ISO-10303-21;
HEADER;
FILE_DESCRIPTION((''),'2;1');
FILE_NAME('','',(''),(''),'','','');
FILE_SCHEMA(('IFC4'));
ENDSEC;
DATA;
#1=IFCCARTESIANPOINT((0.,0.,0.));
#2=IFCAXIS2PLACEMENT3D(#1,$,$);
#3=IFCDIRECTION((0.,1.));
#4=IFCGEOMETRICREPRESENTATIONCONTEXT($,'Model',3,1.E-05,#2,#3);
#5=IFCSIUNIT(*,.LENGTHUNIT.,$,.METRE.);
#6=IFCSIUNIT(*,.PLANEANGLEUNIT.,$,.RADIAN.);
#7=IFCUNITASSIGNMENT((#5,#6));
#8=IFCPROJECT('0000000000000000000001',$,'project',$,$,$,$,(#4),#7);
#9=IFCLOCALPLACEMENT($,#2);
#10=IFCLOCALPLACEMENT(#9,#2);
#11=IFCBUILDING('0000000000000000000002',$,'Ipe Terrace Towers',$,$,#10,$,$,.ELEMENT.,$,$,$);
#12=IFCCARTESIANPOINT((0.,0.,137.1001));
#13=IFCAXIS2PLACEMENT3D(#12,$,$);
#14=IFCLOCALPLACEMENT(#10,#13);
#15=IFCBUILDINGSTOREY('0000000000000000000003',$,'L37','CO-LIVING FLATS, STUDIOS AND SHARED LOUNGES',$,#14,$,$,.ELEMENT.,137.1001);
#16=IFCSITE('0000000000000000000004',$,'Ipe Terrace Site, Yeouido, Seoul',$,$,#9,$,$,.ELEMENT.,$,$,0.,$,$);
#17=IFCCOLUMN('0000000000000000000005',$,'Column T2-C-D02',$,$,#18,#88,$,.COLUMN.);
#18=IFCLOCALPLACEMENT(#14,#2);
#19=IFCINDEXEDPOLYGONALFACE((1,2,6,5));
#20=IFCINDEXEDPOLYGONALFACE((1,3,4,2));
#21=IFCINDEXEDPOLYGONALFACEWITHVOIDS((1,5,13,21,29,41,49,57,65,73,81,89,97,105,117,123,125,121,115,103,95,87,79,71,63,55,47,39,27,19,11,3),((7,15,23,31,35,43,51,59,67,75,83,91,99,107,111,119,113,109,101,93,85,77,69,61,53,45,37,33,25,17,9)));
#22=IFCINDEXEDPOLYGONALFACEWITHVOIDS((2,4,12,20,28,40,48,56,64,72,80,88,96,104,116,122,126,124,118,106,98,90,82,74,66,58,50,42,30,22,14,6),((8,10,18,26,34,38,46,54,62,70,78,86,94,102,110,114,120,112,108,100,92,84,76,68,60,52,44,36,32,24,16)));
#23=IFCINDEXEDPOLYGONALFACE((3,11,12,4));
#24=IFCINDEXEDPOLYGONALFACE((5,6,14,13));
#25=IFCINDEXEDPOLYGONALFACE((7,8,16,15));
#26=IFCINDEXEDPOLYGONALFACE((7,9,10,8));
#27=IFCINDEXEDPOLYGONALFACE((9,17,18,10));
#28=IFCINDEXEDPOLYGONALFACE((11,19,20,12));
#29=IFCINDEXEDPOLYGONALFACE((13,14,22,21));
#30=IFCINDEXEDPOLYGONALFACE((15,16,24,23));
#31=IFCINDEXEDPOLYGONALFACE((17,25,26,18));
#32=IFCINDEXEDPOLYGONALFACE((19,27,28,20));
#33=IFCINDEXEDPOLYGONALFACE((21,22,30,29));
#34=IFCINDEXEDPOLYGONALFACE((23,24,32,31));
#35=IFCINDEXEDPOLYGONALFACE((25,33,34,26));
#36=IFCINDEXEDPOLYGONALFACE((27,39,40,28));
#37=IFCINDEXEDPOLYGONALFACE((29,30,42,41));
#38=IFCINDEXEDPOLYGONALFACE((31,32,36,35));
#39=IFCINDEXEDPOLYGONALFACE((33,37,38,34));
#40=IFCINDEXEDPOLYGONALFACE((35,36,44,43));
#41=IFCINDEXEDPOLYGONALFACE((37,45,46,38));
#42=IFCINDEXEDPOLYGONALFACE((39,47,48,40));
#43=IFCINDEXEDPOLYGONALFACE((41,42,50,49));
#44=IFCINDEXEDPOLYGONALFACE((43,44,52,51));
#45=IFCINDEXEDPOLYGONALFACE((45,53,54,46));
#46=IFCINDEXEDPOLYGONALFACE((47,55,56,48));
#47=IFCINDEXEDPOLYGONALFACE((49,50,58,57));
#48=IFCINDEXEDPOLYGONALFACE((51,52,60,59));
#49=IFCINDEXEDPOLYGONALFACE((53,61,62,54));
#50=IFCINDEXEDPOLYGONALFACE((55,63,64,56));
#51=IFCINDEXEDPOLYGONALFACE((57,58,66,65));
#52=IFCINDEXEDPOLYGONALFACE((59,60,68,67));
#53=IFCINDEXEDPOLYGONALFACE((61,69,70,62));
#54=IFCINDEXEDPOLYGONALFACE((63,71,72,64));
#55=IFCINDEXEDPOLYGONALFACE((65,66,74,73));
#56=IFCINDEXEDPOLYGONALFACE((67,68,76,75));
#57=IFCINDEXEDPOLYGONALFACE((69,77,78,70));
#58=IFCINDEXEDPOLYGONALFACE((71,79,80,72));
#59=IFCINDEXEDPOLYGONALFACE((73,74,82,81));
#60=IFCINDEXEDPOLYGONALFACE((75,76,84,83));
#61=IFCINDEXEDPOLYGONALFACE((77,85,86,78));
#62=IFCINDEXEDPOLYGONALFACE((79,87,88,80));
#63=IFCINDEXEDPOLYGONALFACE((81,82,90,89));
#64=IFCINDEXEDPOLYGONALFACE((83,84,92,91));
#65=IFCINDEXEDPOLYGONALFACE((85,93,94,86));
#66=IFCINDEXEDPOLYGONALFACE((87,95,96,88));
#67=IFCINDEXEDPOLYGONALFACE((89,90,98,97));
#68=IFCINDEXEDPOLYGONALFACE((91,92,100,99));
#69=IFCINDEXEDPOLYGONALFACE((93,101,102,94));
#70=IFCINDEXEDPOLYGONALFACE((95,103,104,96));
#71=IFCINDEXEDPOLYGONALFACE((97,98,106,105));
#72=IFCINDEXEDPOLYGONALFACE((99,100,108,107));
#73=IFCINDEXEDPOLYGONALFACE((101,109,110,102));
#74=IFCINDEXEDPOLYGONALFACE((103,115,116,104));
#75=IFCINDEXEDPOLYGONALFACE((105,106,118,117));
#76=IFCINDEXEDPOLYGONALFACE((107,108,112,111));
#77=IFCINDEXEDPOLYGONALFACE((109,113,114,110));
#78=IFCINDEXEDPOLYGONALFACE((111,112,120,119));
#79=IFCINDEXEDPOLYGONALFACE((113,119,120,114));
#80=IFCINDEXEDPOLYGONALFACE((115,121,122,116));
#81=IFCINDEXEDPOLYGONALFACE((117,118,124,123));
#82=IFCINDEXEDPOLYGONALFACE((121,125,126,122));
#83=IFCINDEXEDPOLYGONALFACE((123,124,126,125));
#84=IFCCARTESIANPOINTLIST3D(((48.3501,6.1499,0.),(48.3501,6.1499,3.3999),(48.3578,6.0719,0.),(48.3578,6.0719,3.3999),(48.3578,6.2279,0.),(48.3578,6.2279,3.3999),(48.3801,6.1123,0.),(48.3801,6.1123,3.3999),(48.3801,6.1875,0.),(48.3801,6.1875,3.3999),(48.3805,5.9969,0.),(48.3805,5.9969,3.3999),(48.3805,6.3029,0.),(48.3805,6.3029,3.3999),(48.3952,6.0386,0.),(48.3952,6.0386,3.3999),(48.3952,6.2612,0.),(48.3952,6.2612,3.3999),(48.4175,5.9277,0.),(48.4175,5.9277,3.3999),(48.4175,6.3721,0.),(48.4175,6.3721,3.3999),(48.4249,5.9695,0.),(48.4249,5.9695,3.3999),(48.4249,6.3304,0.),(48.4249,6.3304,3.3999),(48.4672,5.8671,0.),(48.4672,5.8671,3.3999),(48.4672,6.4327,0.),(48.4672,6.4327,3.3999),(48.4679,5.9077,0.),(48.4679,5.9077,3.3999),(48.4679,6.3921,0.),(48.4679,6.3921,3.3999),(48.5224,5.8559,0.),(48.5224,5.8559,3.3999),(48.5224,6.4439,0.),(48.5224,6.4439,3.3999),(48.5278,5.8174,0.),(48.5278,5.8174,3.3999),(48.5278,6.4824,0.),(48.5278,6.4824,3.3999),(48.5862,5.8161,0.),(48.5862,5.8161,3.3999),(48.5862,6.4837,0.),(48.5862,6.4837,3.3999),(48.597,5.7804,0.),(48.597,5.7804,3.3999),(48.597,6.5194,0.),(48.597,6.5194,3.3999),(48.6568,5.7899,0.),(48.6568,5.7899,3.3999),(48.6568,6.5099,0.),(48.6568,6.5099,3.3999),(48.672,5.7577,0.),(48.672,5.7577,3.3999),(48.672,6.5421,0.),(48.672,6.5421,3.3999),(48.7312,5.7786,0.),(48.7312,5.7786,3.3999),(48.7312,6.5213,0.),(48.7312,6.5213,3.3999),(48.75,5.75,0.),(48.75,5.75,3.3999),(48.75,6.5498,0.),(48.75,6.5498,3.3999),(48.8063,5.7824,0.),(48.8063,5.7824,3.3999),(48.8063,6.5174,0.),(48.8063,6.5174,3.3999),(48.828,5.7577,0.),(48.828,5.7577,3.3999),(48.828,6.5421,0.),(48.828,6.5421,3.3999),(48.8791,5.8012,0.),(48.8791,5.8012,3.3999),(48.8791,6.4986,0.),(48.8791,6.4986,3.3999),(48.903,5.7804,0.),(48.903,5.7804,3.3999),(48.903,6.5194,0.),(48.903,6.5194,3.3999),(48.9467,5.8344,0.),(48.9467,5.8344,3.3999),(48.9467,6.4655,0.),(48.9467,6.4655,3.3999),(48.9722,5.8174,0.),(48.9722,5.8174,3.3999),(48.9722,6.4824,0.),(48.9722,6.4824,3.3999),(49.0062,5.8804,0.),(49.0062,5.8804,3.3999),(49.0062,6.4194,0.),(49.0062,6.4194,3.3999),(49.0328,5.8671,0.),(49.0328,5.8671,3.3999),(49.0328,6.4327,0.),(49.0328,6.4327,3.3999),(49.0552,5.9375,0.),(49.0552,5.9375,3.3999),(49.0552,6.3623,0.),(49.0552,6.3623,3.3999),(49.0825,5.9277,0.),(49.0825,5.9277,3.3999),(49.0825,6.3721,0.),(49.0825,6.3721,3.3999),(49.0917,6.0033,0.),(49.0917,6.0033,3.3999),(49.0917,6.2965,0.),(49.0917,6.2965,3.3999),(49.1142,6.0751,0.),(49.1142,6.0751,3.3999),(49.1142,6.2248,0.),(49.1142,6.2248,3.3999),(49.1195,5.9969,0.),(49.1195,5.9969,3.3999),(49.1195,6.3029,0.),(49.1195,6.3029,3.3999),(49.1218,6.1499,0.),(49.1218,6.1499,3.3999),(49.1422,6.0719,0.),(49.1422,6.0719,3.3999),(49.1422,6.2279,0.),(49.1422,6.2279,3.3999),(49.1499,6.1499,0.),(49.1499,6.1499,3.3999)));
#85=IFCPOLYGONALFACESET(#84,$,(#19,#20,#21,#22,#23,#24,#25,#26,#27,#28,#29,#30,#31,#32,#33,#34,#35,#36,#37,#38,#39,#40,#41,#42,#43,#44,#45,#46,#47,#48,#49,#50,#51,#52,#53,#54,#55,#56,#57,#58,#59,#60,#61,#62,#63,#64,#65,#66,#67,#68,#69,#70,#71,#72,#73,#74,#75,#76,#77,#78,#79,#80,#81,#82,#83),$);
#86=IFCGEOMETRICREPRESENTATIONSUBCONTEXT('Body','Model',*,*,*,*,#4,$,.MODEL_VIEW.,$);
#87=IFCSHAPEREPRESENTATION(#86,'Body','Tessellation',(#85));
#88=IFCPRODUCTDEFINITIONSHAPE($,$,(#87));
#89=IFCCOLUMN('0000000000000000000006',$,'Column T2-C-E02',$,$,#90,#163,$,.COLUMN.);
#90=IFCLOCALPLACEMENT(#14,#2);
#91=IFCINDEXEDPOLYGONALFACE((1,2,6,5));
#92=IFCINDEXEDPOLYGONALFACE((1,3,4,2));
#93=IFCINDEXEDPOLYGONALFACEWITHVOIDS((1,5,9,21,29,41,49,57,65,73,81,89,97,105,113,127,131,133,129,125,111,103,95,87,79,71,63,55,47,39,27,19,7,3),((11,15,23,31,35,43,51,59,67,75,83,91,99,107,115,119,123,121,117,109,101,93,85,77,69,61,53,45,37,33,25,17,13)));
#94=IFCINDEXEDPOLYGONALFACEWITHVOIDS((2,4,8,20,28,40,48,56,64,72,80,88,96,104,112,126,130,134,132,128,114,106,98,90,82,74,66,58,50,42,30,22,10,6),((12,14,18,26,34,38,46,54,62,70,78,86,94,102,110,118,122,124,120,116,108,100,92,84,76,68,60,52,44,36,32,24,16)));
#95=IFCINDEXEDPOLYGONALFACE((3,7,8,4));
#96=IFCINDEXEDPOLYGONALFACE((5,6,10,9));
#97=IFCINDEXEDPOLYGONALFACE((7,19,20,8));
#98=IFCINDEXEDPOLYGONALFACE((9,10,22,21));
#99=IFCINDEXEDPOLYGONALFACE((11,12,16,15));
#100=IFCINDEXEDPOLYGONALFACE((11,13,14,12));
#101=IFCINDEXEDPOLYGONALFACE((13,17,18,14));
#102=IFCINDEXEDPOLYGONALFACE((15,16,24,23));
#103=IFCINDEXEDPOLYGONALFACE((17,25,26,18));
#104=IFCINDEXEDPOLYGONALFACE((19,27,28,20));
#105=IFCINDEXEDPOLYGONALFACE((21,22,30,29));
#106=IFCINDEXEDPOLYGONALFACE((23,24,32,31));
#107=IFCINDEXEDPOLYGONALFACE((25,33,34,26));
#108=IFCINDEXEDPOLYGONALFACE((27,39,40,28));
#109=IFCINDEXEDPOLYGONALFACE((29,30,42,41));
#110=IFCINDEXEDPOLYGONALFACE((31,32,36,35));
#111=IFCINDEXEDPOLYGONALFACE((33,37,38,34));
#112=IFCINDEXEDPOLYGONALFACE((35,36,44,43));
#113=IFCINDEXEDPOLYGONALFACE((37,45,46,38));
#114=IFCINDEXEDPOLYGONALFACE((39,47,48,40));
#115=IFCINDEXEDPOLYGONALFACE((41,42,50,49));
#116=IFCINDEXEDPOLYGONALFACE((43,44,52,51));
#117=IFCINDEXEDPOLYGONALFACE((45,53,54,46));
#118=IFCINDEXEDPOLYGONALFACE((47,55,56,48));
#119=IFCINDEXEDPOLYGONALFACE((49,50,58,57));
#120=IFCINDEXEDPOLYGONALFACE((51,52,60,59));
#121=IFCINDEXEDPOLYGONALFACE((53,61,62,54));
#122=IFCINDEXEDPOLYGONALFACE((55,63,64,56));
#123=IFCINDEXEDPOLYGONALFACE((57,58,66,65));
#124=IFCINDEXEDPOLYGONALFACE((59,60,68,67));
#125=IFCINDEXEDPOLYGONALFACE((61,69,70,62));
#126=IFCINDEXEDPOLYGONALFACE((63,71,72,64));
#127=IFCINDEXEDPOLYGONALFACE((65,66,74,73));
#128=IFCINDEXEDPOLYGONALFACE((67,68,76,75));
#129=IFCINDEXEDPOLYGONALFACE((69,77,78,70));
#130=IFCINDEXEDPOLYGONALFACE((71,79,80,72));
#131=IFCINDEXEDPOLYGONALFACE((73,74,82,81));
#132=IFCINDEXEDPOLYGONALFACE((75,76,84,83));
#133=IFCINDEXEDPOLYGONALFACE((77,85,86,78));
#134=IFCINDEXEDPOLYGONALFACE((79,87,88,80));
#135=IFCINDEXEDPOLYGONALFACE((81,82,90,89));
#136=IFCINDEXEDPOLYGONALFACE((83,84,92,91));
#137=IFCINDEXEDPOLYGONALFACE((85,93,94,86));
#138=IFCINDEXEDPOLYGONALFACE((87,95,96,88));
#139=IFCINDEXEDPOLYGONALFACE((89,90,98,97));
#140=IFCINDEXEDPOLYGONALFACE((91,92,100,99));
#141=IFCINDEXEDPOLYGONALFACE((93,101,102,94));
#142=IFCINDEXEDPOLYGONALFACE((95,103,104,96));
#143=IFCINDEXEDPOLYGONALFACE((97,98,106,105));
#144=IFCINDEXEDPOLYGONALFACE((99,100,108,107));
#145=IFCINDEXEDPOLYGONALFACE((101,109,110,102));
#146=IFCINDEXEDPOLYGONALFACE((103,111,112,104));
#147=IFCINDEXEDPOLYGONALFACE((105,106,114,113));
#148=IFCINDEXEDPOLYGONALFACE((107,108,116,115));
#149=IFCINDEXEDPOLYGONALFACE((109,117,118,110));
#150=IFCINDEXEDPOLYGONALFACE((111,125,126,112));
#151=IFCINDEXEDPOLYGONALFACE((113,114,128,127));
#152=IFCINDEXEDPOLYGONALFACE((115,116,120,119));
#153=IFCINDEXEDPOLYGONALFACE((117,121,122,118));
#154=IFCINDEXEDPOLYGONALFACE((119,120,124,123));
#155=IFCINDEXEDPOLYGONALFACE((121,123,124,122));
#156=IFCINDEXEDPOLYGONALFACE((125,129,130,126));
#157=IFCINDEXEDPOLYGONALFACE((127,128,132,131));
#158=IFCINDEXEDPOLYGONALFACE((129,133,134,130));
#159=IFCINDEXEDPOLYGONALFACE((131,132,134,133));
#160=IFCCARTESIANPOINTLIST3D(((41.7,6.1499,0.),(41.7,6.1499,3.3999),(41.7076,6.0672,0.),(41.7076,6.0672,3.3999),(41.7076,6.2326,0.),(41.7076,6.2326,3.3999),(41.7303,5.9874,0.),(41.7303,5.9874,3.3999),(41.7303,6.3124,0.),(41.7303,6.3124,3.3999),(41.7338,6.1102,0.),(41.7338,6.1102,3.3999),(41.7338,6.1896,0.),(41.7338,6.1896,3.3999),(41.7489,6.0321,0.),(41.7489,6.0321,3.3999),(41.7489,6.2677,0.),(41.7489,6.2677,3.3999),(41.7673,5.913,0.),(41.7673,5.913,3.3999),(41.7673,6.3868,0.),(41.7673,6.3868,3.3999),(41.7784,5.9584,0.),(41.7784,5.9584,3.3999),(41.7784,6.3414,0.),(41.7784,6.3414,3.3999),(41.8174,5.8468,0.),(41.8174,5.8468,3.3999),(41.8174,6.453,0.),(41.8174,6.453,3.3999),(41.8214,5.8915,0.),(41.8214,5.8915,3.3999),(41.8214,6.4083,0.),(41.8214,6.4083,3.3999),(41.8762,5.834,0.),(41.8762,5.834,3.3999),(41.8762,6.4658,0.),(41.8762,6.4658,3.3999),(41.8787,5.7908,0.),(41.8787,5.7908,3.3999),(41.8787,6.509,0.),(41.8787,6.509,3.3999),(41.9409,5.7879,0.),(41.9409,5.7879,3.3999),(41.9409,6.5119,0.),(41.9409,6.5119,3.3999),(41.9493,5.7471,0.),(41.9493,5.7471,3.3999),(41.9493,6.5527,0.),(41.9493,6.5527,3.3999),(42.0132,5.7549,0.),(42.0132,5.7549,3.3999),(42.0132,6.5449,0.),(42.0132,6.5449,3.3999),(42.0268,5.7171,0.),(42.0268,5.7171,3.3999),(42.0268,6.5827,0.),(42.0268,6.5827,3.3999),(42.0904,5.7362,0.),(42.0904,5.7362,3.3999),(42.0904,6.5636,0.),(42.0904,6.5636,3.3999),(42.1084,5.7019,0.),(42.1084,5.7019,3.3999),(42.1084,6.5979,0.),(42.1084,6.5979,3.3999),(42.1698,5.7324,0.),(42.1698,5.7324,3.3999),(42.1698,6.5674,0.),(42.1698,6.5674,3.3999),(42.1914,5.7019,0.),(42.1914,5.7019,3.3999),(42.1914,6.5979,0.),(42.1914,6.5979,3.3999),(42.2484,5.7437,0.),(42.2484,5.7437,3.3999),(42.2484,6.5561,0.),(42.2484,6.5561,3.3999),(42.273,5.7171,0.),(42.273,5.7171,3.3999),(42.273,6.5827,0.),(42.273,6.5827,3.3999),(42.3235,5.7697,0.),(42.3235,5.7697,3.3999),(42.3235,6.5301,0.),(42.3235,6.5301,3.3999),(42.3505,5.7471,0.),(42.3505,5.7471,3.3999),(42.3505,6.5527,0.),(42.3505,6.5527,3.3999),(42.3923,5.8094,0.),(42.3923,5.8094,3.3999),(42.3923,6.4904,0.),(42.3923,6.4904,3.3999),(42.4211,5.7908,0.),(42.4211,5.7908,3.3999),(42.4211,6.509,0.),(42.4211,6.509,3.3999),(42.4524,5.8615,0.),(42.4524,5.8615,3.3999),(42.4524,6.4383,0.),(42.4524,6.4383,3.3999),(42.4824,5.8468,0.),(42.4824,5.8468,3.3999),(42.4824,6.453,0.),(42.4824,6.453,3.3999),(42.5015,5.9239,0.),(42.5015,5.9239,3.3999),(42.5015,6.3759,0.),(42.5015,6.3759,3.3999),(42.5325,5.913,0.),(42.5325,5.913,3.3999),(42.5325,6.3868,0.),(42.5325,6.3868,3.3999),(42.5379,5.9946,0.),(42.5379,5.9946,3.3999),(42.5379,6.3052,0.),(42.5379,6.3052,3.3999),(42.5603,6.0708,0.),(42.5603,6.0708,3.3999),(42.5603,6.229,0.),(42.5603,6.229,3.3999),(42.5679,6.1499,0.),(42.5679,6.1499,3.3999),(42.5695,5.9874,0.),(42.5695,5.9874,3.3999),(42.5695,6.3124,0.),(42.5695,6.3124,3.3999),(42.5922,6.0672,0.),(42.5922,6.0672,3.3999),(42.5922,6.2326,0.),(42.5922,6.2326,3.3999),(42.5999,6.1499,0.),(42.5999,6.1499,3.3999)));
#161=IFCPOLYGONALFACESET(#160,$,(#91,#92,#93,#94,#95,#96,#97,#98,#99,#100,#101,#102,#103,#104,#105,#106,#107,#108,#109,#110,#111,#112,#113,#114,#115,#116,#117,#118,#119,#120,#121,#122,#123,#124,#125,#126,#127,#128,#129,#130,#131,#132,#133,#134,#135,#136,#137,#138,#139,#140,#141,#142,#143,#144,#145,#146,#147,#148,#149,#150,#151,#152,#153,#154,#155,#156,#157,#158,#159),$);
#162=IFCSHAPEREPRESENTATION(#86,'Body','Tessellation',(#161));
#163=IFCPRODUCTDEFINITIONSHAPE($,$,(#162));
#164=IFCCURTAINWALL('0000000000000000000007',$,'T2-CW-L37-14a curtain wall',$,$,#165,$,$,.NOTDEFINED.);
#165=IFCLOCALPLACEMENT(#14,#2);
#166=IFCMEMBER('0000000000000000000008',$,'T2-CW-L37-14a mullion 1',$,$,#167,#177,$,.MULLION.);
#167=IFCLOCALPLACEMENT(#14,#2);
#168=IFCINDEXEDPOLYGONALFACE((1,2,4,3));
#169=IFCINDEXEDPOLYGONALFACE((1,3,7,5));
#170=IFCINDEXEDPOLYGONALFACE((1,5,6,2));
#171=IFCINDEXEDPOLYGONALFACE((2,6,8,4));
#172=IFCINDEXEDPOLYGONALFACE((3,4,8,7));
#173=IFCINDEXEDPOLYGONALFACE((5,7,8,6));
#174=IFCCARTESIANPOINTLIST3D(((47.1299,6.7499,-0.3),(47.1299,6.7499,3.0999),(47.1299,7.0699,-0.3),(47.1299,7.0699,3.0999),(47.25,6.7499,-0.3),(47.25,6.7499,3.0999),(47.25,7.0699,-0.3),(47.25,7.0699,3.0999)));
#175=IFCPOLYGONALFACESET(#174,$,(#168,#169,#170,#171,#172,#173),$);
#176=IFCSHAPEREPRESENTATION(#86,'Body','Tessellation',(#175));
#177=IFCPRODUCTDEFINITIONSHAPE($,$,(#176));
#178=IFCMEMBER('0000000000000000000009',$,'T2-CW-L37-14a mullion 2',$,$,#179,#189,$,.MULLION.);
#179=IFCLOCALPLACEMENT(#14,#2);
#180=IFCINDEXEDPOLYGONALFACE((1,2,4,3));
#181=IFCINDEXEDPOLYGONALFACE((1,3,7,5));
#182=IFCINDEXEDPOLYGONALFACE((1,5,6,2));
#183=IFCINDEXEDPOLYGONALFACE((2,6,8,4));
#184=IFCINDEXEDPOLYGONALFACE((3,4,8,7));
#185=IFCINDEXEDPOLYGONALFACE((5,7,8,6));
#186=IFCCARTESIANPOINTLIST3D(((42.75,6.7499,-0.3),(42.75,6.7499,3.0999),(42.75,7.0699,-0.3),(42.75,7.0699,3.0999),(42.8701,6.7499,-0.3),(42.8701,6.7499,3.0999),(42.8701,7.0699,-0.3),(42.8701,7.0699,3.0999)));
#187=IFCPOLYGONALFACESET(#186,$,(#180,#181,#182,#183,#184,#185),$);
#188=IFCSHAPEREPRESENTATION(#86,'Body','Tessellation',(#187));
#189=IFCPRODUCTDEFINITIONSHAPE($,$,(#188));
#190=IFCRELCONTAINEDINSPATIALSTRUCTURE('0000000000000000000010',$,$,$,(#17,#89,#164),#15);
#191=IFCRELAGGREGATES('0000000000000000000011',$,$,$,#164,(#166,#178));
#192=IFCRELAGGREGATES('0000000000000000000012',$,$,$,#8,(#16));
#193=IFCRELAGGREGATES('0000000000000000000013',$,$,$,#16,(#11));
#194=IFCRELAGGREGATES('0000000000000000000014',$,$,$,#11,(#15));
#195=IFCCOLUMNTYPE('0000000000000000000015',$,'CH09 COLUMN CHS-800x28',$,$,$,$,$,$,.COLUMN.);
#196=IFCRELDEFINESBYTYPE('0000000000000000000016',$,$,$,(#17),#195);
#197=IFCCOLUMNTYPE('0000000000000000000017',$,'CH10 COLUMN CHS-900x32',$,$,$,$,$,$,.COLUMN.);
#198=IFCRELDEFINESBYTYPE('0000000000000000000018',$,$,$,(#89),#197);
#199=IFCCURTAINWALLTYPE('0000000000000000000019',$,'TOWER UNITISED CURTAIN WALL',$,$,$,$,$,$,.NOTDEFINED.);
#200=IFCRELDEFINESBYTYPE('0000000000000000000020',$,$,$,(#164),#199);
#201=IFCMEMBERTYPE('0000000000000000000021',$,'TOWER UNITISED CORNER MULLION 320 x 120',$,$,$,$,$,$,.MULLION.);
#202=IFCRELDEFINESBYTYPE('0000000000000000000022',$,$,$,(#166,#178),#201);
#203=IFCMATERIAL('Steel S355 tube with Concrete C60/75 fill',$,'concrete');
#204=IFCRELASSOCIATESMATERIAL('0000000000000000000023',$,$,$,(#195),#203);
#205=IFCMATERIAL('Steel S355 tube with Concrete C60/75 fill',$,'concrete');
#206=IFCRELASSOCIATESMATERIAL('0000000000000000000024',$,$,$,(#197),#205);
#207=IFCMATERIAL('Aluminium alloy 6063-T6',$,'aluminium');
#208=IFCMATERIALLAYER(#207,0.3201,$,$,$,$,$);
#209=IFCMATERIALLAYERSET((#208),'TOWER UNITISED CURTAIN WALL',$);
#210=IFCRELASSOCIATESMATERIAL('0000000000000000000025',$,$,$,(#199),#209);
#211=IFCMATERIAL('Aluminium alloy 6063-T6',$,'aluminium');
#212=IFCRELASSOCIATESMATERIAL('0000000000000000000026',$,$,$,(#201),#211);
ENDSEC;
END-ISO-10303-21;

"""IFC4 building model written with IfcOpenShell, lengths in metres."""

from ifc_helpers import new_model, si_unit, direction, frame, origin, origin_2d, place, context, subcontext, project, spatial, rectangle, hollow_circle, extrude, material, layer, layer_set, material_profile, profile_set, type_object, element, aggregate, save


model = new_model("IFC4")

# Units and contexts
model_context = context("Model", 3, precision=1e-05, world=origin(), true_north=direction((0.0, 1.0)))
body_context = subcontext(model_context, "Body", "Model", "MODEL_VIEW")
ifc_project = project(units=[si_unit("LENGTHUNIT", "METRE"), si_unit("PLANEANGLEUNIT", "RADIAN")], contexts=[model_context])

# Site, building, storey
site_placement = place(None, origin())
site = spatial("IfcSite", under=ifc_project, at=site_placement, Name="Ipe Terrace Site, Yeouido, Seoul", CompositionType="ELEMENT", RefElevation=0.0)
building_placement = place(site_placement, origin())
building = spatial("IfcBuilding", under=site, at=building_placement, Name="Ipe Terrace Towers", CompositionType="ELEMENT")
storey_placement = place(building_placement, frame((0.0, 0.0, 137.1001)))
storey = spatial("IfcBuildingStorey", under=building, at=storey_placement, Name="L37", Description="CO-LIVING FLATS, STUDIOS AND SHARED LOUNGES", CompositionType="ELEMENT", Elevation=137.1001)

# Columns
ifc_material_1 = material(Name="Steel S355 tube with Concrete C60/75 fill", Category="concrete")
ifc_material_profile_1 = material_profile(ifc_material_1, hollow_circle(Radius=0.3999, WallThickness=0.0281, at=origin_2d()), Name="CHS-800x28")
ifc_profile_set_1 = profile_set([ifc_material_profile_1], Name="Steel S355 tube with Concrete C60/75 fill")
column_type_1 = type_object("IfcColumnType", Name="CH09 COLUMN CHS-800x28", PredefinedType="COLUMN", material=ifc_profile_set_1)
column_1_placement = place(storey_placement, frame((48.75, 6.1499, 0.0), z_axis=(0.0, 0.0, 1.0), x_axis=(1.0, 0.0, 0.0)))
element("IfcColumn", 1, at=column_1_placement, inside=storey, type_object=column_type_1, Name="Column T2-C-D02", PredefinedType="COLUMN", context=body_context, shape_type="SweptSolid", body=[
    extrude(hollow_circle(Radius=0.3999, WallThickness=0.0281, at=origin_2d()), origin(), (0.0, 0.0, 1.0), 3.3999),
])
ifc_material_2 = material(Name="Steel S355 tube with Concrete C60/75 fill", Category="concrete")
ifc_material_profile_2 = material_profile(ifc_material_2, hollow_circle(Radius=0.45, WallThickness=0.032, at=origin_2d()), Name="CHS-900x32")
ifc_profile_set_2 = profile_set([ifc_material_profile_2], Name="Steel S355 tube with Concrete C60/75 fill")
column_type_2 = type_object("IfcColumnType", Name="CH10 COLUMN CHS-900x32", PredefinedType="COLUMN", material=ifc_profile_set_2)
column_2_placement = place(storey_placement, frame((42.1499, 6.1499, 0.0), z_axis=(0.0, 0.0, 1.0), x_axis=(1.0, 0.0, 0.0)))
element("IfcColumn", 2, at=column_2_placement, inside=storey, type_object=column_type_2, Name="Column T2-C-E02", PredefinedType="COLUMN", context=body_context, shape_type="SweptSolid", body=[
    extrude(hollow_circle(Radius=0.45, WallThickness=0.032, at=origin_2d()), origin(), (0.0, 0.0, 1.0), 3.3999),
])

# Curtain wall, members
ifc_material_3 = material(Name="Aluminium alloy 6063-T6", Category="aluminium")
ifc_layer_1 = layer(ifc_material_3, 0.3201)
ifc_layer_set_1 = layer_set([ifc_layer_1], Name="TOWER UNITISED CURTAIN WALL")
curtain_wall_type = type_object("IfcCurtainWallType", Name="TOWER UNITISED CURTAIN WALL", PredefinedType="NOTDEFINED", material=ifc_layer_set_1)
curtain_wall_placement = place(storey_placement, origin())
curtain_wall = element("IfcCurtainWall", 3, at=curtain_wall_placement, inside=storey, type_object=curtain_wall_type, Name="T2-CW-L37-14a curtain wall", PredefinedType="NOTDEFINED")
ifc_material_4 = material(Name="Aluminium alloy 6063-T6", Category="aluminium")
ifc_material_profile_3 = material_profile(ifc_material_4, rectangle(XDim=0.3201, YDim=0.1201, at=origin_2d()), Name="TOWER UNITISED CORNER MULLION 320 x 120")
ifc_profile_set_3 = profile_set([ifc_material_profile_3], Name="Aluminium alloy 6063-T6")
member_type = type_object("IfcMemberType", Name="TOWER UNITISED CORNER MULLION 320 x 120", PredefinedType="MULLION", material=ifc_profile_set_3)
member_1_placement = place(storey_placement, frame((47.1899, 6.9099, -0.3), z_axis=(0.0, 0.0, 1.0), x_axis=(0.0, 1.0, 0.0)))
member_1 = element("IfcMember", 4, at=member_1_placement, type_object=member_type, Name="T2-CW-L37-14a mullion 1", PredefinedType="MULLION", context=body_context, shape_type="SweptSolid", body=[
    extrude(rectangle(XDim=0.3201, YDim=0.1201, at=origin_2d()), origin(), (0.0, 0.0, 1.0), 3.3999),
])
member_2_placement = place(storey_placement, frame((42.8101, 6.9099, -0.3), z_axis=(0.0, 0.0, 1.0), x_axis=(0.0, 1.0, 0.0)))
member_2 = element("IfcMember", 5, at=member_2_placement, type_object=member_type, Name="T2-CW-L37-14a mullion 2", PredefinedType="MULLION", context=body_context, shape_type="SweptSolid", body=[
    extrude(rectangle(XDim=0.3201, YDim=0.1201, at=origin_2d()), origin(), (0.0, 0.0, 1.0), 3.3999),
])
aggregate(curtain_wall, [member_1, member_2])

save(model, "model.ifc")
